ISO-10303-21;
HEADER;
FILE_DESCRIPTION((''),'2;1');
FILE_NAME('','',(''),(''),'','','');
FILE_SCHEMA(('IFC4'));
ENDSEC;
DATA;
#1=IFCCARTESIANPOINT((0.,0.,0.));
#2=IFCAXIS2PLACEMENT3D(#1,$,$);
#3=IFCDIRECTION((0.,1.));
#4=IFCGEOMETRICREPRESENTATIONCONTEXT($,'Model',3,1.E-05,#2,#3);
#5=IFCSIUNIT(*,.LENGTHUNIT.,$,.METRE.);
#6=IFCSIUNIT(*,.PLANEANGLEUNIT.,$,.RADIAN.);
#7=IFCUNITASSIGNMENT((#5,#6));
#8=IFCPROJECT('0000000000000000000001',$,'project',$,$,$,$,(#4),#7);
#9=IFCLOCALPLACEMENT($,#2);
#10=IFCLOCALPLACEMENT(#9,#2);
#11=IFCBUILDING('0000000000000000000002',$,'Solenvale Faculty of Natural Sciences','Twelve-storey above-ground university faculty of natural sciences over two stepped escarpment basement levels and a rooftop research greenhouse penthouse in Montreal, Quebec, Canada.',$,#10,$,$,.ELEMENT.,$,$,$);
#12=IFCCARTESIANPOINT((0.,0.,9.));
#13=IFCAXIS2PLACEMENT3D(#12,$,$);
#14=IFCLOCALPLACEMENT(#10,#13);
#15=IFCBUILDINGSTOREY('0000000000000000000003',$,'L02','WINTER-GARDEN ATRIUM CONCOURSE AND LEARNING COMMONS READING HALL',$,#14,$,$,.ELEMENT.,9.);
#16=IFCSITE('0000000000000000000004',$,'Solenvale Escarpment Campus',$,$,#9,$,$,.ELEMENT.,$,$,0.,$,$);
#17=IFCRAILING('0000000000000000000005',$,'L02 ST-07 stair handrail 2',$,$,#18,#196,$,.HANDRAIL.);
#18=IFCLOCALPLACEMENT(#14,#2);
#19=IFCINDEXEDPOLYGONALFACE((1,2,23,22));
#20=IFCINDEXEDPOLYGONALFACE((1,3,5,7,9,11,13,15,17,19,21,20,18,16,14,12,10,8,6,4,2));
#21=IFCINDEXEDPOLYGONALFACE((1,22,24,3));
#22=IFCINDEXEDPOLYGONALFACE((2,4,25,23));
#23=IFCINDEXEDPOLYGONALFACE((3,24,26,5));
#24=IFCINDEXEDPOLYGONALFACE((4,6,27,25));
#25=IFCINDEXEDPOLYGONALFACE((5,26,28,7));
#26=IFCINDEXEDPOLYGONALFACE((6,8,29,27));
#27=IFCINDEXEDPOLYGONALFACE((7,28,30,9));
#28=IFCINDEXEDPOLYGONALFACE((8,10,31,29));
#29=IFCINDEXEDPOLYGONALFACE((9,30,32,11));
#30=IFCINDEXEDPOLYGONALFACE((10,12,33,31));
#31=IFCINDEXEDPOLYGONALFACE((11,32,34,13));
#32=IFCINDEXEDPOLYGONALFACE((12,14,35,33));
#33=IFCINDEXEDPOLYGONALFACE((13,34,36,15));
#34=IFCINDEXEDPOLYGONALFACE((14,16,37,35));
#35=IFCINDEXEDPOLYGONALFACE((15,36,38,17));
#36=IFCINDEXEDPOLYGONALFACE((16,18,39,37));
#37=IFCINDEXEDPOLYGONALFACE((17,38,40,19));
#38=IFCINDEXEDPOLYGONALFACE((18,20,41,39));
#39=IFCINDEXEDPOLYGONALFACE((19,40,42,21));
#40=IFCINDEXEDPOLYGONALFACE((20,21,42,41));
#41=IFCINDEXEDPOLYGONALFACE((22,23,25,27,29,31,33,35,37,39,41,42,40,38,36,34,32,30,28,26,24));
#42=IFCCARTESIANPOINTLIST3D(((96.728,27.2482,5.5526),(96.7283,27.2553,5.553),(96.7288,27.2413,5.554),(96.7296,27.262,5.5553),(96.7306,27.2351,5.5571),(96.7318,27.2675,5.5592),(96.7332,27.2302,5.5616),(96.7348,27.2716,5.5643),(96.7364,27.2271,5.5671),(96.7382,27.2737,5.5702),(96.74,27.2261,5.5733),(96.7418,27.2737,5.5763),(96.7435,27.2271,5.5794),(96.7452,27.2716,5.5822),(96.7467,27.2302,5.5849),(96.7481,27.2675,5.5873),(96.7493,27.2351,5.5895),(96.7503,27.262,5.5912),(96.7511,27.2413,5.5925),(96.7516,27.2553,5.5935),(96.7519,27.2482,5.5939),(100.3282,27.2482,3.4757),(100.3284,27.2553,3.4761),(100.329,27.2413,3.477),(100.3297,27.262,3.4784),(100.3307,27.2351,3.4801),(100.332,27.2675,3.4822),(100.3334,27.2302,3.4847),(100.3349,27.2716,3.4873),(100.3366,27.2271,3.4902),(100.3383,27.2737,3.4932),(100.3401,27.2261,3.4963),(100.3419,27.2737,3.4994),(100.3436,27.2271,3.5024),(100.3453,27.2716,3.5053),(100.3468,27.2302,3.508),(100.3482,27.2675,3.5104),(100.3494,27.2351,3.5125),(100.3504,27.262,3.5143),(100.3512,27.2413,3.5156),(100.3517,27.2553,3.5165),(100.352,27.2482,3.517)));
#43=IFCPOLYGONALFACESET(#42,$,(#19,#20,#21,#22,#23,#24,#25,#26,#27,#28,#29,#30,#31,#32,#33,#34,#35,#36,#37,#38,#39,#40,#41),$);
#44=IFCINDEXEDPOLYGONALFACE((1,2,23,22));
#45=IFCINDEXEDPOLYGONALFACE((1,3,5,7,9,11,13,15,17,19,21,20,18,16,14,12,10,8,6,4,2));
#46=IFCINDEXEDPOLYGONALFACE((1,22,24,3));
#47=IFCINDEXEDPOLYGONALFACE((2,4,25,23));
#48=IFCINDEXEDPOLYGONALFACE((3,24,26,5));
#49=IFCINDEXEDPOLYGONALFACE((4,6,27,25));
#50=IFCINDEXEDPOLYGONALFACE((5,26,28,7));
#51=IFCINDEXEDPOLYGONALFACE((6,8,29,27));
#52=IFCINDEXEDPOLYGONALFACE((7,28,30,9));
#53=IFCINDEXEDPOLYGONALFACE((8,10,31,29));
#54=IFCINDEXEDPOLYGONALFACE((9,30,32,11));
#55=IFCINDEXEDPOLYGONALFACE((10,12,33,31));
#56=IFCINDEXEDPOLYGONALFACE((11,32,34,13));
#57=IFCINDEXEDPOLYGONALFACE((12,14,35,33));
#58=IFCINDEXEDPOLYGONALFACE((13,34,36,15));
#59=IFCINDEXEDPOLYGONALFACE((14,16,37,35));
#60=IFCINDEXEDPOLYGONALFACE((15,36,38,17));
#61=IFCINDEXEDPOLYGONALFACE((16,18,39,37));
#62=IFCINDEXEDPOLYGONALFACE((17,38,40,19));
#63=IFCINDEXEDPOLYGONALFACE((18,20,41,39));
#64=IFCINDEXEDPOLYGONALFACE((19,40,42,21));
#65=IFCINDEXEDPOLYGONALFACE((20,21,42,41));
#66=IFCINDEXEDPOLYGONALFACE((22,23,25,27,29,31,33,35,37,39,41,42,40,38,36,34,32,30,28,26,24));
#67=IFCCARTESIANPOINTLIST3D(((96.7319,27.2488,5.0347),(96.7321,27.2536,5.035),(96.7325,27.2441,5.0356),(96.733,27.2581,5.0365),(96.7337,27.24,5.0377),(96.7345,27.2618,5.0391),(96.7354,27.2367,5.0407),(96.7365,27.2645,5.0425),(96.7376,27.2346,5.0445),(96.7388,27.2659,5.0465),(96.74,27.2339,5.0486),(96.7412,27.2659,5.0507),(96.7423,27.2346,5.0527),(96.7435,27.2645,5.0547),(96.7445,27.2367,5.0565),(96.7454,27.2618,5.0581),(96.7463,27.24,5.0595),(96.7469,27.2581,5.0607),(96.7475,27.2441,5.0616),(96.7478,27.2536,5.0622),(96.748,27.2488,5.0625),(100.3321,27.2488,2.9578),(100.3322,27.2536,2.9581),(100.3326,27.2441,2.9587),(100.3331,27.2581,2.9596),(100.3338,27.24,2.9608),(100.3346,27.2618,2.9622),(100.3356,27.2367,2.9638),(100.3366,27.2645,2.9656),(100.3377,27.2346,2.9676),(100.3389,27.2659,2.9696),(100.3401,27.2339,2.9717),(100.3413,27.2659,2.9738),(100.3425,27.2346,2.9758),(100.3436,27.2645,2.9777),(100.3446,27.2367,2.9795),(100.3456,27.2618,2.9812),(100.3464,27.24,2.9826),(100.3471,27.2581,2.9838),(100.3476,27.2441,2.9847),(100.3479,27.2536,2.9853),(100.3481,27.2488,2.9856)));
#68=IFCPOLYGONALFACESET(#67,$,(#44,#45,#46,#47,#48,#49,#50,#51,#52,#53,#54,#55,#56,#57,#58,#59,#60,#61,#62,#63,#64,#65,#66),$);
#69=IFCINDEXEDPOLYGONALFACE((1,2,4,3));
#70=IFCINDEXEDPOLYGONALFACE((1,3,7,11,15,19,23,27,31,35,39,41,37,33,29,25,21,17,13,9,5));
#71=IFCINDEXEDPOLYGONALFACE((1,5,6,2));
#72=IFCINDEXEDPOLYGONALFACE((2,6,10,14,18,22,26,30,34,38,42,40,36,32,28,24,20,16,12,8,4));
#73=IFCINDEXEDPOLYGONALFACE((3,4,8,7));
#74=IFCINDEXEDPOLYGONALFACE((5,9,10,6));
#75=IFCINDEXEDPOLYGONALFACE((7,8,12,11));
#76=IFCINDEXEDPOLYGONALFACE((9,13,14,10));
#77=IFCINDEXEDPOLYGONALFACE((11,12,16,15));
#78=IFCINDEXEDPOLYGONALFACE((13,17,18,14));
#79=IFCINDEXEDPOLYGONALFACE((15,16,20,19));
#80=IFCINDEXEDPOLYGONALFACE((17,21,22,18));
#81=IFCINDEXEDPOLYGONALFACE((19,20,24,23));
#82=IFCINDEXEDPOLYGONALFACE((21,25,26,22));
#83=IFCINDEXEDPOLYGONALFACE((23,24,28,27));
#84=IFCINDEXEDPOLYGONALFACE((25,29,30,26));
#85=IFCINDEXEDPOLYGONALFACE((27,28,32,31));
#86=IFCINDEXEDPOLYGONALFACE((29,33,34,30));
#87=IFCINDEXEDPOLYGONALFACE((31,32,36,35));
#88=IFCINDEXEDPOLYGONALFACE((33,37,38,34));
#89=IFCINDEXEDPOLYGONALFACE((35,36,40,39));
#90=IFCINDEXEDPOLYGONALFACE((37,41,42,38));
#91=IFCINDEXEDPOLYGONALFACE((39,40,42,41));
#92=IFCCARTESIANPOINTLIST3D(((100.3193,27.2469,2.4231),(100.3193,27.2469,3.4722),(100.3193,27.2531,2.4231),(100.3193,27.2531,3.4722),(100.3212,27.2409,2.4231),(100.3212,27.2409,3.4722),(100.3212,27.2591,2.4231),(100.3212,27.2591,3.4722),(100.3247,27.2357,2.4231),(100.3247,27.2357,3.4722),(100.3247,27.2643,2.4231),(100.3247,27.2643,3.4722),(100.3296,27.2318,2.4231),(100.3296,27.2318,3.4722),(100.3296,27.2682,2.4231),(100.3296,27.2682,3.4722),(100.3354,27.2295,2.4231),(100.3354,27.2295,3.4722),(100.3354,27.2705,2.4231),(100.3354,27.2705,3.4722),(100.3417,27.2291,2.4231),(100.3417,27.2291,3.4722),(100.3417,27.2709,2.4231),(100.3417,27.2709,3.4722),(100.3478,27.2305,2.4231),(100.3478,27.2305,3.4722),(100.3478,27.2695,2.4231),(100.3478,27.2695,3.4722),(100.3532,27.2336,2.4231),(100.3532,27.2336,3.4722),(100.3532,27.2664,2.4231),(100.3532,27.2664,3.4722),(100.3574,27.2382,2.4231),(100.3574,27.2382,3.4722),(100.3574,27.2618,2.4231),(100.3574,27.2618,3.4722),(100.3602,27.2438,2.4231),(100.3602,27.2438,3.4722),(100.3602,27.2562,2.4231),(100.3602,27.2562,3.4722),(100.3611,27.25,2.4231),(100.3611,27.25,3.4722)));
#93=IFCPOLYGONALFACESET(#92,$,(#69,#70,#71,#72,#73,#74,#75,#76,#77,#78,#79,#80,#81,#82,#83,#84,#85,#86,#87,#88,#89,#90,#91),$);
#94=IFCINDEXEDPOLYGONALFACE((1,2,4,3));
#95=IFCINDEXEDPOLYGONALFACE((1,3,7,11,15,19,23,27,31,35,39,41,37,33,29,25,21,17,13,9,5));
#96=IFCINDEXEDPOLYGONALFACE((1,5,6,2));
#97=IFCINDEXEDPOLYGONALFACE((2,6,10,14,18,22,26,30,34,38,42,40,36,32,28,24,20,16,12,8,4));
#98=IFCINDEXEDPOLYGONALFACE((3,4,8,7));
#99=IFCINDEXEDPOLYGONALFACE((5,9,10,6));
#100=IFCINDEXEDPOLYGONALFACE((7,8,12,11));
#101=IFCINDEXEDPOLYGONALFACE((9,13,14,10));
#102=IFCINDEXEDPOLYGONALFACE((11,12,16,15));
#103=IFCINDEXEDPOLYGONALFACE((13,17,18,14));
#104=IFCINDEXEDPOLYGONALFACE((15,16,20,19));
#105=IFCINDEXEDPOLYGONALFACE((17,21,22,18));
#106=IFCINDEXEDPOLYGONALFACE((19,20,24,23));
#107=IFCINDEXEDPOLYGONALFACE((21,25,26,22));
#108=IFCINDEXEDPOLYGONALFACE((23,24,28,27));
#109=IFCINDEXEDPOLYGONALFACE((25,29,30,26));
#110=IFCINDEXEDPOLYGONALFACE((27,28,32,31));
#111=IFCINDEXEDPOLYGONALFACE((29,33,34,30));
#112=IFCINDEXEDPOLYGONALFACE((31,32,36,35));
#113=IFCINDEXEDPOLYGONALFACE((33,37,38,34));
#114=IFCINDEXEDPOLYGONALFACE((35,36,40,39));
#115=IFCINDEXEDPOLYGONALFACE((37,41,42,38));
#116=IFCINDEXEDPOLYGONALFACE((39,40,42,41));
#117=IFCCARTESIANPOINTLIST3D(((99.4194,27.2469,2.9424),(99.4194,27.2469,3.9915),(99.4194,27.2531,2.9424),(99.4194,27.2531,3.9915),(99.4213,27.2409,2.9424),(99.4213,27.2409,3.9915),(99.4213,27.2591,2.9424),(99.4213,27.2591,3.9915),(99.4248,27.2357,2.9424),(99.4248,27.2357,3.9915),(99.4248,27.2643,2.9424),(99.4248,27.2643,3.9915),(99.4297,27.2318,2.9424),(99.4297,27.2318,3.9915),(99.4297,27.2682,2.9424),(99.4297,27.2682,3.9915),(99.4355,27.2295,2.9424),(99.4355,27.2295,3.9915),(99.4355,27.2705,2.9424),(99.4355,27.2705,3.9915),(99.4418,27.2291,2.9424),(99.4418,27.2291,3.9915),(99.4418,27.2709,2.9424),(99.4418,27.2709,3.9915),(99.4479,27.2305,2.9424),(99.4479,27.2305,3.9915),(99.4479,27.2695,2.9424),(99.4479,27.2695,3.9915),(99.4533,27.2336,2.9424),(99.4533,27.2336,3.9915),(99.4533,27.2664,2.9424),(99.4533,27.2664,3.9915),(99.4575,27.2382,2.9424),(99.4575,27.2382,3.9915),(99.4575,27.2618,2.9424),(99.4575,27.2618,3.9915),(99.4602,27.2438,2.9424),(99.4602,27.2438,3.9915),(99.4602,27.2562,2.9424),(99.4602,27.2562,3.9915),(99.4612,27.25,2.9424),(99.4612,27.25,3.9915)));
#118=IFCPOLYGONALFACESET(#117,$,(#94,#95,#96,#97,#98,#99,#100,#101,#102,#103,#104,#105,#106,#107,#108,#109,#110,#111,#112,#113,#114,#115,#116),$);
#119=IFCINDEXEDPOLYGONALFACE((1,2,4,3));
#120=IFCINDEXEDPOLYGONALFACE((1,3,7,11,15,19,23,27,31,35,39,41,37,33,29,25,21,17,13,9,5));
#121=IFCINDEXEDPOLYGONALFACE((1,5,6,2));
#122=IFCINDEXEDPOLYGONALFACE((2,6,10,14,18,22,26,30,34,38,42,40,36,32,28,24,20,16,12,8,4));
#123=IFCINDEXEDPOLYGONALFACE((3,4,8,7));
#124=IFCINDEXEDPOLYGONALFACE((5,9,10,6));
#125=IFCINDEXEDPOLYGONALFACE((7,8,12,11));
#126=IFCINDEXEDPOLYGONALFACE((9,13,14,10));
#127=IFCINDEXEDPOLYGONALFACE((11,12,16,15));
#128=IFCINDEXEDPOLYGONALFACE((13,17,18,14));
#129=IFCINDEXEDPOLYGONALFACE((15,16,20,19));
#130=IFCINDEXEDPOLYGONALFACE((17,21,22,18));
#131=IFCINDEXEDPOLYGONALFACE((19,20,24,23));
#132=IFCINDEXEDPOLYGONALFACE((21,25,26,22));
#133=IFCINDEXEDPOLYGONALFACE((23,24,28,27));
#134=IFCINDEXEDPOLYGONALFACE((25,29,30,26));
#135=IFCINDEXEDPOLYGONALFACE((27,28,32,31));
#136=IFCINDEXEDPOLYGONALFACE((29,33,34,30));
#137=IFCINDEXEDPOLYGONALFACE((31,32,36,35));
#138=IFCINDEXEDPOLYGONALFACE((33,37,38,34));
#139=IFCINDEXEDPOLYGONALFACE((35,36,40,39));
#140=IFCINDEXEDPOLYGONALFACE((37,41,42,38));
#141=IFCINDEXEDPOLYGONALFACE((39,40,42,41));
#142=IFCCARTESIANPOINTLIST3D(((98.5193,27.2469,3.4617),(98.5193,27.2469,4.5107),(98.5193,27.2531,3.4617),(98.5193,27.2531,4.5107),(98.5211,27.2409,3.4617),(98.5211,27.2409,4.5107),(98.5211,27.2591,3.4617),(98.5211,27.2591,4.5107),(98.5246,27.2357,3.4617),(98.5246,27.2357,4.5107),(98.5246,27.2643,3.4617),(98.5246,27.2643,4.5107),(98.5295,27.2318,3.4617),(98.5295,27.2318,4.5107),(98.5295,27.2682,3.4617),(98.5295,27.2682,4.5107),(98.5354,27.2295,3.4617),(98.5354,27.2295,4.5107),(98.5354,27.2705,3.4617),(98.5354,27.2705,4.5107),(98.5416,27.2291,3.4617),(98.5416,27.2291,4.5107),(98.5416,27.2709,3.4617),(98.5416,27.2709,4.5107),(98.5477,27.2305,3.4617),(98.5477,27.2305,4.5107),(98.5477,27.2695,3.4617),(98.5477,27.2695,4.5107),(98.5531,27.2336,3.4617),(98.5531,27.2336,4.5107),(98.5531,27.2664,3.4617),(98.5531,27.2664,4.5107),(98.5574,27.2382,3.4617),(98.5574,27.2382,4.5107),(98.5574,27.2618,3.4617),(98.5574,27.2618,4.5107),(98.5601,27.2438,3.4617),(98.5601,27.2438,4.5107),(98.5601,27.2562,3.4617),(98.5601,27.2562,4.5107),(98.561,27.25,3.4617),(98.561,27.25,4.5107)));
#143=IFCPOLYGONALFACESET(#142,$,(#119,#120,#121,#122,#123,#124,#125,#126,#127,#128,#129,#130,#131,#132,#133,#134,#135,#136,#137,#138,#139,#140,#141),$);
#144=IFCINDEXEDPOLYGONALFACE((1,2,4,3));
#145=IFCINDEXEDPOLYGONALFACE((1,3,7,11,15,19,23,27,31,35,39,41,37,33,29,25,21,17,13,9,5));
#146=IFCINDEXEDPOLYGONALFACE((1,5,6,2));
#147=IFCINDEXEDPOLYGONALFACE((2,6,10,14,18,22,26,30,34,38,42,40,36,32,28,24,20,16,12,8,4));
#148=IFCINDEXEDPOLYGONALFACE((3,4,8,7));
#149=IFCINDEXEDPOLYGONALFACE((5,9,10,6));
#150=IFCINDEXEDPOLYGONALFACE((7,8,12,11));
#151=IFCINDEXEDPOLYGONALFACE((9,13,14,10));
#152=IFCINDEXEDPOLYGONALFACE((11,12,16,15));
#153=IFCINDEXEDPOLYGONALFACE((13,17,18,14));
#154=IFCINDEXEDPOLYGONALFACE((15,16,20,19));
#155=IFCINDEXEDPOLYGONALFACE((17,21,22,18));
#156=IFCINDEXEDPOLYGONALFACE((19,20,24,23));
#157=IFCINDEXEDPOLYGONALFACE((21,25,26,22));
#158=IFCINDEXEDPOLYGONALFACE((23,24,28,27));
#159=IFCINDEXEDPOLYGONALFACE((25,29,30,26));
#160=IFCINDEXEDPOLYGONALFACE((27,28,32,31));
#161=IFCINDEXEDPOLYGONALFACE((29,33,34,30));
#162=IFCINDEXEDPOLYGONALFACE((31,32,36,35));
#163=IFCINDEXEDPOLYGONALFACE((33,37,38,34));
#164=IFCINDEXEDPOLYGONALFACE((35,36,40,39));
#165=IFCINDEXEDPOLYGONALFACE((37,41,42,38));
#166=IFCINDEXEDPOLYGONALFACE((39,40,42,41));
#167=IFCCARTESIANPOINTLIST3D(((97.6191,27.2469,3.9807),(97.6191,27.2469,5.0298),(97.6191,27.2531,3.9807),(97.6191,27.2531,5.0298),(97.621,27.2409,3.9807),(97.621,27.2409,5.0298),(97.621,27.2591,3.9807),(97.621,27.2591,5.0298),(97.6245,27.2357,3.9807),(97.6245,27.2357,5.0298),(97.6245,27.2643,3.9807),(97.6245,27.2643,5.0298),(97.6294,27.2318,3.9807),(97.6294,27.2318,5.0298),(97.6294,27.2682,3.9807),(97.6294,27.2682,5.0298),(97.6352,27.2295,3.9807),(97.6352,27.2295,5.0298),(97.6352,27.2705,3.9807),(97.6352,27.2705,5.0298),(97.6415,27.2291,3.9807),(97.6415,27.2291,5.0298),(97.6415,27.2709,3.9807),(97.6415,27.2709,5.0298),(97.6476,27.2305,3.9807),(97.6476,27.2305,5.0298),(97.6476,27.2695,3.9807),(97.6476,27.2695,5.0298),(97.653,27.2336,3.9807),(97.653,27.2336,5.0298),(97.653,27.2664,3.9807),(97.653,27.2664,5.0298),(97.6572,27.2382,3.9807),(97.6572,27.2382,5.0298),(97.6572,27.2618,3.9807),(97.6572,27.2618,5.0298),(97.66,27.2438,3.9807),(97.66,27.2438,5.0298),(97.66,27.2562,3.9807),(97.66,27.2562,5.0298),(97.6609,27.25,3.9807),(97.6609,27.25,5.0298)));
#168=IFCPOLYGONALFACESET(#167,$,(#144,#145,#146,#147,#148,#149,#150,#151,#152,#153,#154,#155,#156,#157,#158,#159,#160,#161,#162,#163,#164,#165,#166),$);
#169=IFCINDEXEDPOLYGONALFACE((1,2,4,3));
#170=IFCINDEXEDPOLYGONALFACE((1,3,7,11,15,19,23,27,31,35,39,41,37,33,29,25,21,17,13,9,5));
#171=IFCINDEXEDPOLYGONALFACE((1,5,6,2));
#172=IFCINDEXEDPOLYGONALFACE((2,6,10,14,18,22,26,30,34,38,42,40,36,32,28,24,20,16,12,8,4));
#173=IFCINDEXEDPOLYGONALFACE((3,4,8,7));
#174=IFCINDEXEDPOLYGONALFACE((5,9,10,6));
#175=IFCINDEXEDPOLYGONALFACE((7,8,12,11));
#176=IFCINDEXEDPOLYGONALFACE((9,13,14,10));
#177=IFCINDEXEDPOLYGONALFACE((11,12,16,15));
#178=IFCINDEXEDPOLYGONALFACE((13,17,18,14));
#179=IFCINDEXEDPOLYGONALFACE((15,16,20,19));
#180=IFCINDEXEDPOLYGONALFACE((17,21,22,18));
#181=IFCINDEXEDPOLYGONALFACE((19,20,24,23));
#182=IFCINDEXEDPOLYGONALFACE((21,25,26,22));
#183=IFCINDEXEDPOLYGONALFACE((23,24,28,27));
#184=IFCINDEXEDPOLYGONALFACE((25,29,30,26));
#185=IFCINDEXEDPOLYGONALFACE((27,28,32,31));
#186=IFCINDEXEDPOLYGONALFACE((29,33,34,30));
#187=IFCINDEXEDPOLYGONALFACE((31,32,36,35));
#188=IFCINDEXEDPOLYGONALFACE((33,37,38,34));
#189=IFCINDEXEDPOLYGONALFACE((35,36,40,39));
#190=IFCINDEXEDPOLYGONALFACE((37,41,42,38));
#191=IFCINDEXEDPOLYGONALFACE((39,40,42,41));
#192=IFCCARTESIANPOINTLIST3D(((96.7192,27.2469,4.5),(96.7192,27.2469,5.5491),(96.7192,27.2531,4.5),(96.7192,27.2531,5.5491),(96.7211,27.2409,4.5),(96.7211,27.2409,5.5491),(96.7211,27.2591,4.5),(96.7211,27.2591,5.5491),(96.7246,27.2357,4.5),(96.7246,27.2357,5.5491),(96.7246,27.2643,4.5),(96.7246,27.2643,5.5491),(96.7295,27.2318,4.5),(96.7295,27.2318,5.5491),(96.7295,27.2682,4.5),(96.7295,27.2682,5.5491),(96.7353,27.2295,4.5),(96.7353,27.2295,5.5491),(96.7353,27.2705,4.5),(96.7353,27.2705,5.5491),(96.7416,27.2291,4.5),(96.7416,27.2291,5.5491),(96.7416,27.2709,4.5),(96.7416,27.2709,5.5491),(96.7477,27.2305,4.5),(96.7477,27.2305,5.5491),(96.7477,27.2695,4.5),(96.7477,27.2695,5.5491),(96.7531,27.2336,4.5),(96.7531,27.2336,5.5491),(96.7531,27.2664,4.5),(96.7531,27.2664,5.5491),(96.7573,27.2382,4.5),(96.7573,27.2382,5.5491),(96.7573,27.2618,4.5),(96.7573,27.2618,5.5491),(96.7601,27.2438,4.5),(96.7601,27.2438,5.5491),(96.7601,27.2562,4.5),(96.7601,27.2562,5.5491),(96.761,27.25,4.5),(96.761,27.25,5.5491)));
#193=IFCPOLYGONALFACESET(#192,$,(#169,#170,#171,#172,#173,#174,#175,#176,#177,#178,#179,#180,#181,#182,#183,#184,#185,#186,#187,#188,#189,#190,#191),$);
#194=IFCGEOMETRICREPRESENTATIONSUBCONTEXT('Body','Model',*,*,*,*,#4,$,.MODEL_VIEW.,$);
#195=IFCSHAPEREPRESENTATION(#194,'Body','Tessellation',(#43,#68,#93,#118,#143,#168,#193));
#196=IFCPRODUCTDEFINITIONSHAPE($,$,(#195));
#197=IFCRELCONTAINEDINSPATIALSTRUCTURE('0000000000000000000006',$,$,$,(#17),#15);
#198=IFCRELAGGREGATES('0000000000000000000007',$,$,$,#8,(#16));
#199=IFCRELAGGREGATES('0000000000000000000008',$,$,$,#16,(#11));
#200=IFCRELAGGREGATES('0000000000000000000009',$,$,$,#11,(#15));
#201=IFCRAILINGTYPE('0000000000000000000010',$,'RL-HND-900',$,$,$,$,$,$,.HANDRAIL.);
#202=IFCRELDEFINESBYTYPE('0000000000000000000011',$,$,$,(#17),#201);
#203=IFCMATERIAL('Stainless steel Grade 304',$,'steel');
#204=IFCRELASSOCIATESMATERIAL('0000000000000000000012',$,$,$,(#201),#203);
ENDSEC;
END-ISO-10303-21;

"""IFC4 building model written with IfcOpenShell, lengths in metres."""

from ifc_helpers import new_model, si_unit, direction, frame, origin, origin_2d, place, context, subcontext, project, spatial, circle, extrude, material, type_object, element, save


model = new_model("IFC4")

# Units and contexts
model_context = context("Model", 3, precision=1e-05, world=origin(), true_north=direction((0.0, 1.0)))
body_context = subcontext(model_context, "Body", "Model", "MODEL_VIEW")
ifc_project = project(units=[si_unit("LENGTHUNIT", "METRE"), si_unit("PLANEANGLEUNIT", "RADIAN")], contexts=[model_context])

# Site, building, storey
site_placement = place(None, origin())
site = spatial("IfcSite", under=ifc_project, at=site_placement, Name="Solenvale Escarpment Campus", CompositionType="ELEMENT", RefElevation=0.0)
building_placement = place(site_placement, origin())
building = spatial("IfcBuilding", under=site, at=building_placement, Name="Solenvale Faculty of Natural Sciences", Description="Twelve-storey above-ground university faculty of natural sciences over two stepped escarpment basement levels and a rooftop research greenhouse penthouse in Montreal, Quebec, Canada.", CompositionType="ELEMENT")
storey_placement = place(building_placement, frame((0.0, 0.0, 9.0)))
storey = spatial("IfcBuildingStorey", under=building, at=storey_placement, Name="L02", Description="WINTER-GARDEN ATRIUM CONCOURSE AND LEARNING COMMONS READING HALL", CompositionType="ELEMENT", Elevation=9.0)

# Railing
ifc_material_1 = material(Name="Stainless steel Grade 304", Category="steel")
railing_type_1 = type_object("IfcRailingType", Name="RL-HND-900", PredefinedType="HANDRAIL", material=ifc_material_1)
railing_1_placement = place(storey_placement, frame((100.3401, 27.25, 2.4231)))
element("IfcRailing", 1, at=railing_1_placement, inside=storey, type_object=railing_type_1, Name="L02 ST-07 stair handrail 2", PredefinedType="HANDRAIL", context=body_context, shape_type="SweptSolid", body=[
    extrude(circle(Radius=0.0239, at=origin_2d()), frame((0.0, 0.0, 1.0732), z_axis=(-0.866193, 0.0, 0.499709), x_axis=(0.0, -1.0, 0.0)), (0.0, 0.0, 1.0), 4.1562),
    extrude(circle(Radius=0.0161, at=origin_2d()), frame((0.0, 0.0, 0.5486), z_axis=(-0.866193, 0.0, 0.499709), x_axis=(0.0, -1.0, 0.0)), (0.0, 0.0, 1.0), 4.1562),
    extrude(circle(Radius=0.021, at=origin_2d()), origin(), (0.0, 0.0, 1.0), 1.0491),
    extrude(circle(Radius=0.021, at=origin_2d()), frame((-0.8999, 0.0, 0.5193)), (0.0, 0.0, 1.0), 1.0491),
    extrude(circle(Radius=0.021, at=origin_2d()), frame((-1.8, 0.0, 1.0386)), (0.0, 0.0, 1.0), 1.0491),
    extrude(circle(Radius=0.021, at=origin_2d()), frame((-2.7002, 0.0, 1.5576)), (0.0, 0.0, 1.0), 1.0491),
    extrude(circle(Radius=0.021, at=origin_2d()), frame((-3.6001, 0.0, 2.0769)), (0.0, 0.0, 1.0), 1.0491),
])

save(model, "model.ifc")
